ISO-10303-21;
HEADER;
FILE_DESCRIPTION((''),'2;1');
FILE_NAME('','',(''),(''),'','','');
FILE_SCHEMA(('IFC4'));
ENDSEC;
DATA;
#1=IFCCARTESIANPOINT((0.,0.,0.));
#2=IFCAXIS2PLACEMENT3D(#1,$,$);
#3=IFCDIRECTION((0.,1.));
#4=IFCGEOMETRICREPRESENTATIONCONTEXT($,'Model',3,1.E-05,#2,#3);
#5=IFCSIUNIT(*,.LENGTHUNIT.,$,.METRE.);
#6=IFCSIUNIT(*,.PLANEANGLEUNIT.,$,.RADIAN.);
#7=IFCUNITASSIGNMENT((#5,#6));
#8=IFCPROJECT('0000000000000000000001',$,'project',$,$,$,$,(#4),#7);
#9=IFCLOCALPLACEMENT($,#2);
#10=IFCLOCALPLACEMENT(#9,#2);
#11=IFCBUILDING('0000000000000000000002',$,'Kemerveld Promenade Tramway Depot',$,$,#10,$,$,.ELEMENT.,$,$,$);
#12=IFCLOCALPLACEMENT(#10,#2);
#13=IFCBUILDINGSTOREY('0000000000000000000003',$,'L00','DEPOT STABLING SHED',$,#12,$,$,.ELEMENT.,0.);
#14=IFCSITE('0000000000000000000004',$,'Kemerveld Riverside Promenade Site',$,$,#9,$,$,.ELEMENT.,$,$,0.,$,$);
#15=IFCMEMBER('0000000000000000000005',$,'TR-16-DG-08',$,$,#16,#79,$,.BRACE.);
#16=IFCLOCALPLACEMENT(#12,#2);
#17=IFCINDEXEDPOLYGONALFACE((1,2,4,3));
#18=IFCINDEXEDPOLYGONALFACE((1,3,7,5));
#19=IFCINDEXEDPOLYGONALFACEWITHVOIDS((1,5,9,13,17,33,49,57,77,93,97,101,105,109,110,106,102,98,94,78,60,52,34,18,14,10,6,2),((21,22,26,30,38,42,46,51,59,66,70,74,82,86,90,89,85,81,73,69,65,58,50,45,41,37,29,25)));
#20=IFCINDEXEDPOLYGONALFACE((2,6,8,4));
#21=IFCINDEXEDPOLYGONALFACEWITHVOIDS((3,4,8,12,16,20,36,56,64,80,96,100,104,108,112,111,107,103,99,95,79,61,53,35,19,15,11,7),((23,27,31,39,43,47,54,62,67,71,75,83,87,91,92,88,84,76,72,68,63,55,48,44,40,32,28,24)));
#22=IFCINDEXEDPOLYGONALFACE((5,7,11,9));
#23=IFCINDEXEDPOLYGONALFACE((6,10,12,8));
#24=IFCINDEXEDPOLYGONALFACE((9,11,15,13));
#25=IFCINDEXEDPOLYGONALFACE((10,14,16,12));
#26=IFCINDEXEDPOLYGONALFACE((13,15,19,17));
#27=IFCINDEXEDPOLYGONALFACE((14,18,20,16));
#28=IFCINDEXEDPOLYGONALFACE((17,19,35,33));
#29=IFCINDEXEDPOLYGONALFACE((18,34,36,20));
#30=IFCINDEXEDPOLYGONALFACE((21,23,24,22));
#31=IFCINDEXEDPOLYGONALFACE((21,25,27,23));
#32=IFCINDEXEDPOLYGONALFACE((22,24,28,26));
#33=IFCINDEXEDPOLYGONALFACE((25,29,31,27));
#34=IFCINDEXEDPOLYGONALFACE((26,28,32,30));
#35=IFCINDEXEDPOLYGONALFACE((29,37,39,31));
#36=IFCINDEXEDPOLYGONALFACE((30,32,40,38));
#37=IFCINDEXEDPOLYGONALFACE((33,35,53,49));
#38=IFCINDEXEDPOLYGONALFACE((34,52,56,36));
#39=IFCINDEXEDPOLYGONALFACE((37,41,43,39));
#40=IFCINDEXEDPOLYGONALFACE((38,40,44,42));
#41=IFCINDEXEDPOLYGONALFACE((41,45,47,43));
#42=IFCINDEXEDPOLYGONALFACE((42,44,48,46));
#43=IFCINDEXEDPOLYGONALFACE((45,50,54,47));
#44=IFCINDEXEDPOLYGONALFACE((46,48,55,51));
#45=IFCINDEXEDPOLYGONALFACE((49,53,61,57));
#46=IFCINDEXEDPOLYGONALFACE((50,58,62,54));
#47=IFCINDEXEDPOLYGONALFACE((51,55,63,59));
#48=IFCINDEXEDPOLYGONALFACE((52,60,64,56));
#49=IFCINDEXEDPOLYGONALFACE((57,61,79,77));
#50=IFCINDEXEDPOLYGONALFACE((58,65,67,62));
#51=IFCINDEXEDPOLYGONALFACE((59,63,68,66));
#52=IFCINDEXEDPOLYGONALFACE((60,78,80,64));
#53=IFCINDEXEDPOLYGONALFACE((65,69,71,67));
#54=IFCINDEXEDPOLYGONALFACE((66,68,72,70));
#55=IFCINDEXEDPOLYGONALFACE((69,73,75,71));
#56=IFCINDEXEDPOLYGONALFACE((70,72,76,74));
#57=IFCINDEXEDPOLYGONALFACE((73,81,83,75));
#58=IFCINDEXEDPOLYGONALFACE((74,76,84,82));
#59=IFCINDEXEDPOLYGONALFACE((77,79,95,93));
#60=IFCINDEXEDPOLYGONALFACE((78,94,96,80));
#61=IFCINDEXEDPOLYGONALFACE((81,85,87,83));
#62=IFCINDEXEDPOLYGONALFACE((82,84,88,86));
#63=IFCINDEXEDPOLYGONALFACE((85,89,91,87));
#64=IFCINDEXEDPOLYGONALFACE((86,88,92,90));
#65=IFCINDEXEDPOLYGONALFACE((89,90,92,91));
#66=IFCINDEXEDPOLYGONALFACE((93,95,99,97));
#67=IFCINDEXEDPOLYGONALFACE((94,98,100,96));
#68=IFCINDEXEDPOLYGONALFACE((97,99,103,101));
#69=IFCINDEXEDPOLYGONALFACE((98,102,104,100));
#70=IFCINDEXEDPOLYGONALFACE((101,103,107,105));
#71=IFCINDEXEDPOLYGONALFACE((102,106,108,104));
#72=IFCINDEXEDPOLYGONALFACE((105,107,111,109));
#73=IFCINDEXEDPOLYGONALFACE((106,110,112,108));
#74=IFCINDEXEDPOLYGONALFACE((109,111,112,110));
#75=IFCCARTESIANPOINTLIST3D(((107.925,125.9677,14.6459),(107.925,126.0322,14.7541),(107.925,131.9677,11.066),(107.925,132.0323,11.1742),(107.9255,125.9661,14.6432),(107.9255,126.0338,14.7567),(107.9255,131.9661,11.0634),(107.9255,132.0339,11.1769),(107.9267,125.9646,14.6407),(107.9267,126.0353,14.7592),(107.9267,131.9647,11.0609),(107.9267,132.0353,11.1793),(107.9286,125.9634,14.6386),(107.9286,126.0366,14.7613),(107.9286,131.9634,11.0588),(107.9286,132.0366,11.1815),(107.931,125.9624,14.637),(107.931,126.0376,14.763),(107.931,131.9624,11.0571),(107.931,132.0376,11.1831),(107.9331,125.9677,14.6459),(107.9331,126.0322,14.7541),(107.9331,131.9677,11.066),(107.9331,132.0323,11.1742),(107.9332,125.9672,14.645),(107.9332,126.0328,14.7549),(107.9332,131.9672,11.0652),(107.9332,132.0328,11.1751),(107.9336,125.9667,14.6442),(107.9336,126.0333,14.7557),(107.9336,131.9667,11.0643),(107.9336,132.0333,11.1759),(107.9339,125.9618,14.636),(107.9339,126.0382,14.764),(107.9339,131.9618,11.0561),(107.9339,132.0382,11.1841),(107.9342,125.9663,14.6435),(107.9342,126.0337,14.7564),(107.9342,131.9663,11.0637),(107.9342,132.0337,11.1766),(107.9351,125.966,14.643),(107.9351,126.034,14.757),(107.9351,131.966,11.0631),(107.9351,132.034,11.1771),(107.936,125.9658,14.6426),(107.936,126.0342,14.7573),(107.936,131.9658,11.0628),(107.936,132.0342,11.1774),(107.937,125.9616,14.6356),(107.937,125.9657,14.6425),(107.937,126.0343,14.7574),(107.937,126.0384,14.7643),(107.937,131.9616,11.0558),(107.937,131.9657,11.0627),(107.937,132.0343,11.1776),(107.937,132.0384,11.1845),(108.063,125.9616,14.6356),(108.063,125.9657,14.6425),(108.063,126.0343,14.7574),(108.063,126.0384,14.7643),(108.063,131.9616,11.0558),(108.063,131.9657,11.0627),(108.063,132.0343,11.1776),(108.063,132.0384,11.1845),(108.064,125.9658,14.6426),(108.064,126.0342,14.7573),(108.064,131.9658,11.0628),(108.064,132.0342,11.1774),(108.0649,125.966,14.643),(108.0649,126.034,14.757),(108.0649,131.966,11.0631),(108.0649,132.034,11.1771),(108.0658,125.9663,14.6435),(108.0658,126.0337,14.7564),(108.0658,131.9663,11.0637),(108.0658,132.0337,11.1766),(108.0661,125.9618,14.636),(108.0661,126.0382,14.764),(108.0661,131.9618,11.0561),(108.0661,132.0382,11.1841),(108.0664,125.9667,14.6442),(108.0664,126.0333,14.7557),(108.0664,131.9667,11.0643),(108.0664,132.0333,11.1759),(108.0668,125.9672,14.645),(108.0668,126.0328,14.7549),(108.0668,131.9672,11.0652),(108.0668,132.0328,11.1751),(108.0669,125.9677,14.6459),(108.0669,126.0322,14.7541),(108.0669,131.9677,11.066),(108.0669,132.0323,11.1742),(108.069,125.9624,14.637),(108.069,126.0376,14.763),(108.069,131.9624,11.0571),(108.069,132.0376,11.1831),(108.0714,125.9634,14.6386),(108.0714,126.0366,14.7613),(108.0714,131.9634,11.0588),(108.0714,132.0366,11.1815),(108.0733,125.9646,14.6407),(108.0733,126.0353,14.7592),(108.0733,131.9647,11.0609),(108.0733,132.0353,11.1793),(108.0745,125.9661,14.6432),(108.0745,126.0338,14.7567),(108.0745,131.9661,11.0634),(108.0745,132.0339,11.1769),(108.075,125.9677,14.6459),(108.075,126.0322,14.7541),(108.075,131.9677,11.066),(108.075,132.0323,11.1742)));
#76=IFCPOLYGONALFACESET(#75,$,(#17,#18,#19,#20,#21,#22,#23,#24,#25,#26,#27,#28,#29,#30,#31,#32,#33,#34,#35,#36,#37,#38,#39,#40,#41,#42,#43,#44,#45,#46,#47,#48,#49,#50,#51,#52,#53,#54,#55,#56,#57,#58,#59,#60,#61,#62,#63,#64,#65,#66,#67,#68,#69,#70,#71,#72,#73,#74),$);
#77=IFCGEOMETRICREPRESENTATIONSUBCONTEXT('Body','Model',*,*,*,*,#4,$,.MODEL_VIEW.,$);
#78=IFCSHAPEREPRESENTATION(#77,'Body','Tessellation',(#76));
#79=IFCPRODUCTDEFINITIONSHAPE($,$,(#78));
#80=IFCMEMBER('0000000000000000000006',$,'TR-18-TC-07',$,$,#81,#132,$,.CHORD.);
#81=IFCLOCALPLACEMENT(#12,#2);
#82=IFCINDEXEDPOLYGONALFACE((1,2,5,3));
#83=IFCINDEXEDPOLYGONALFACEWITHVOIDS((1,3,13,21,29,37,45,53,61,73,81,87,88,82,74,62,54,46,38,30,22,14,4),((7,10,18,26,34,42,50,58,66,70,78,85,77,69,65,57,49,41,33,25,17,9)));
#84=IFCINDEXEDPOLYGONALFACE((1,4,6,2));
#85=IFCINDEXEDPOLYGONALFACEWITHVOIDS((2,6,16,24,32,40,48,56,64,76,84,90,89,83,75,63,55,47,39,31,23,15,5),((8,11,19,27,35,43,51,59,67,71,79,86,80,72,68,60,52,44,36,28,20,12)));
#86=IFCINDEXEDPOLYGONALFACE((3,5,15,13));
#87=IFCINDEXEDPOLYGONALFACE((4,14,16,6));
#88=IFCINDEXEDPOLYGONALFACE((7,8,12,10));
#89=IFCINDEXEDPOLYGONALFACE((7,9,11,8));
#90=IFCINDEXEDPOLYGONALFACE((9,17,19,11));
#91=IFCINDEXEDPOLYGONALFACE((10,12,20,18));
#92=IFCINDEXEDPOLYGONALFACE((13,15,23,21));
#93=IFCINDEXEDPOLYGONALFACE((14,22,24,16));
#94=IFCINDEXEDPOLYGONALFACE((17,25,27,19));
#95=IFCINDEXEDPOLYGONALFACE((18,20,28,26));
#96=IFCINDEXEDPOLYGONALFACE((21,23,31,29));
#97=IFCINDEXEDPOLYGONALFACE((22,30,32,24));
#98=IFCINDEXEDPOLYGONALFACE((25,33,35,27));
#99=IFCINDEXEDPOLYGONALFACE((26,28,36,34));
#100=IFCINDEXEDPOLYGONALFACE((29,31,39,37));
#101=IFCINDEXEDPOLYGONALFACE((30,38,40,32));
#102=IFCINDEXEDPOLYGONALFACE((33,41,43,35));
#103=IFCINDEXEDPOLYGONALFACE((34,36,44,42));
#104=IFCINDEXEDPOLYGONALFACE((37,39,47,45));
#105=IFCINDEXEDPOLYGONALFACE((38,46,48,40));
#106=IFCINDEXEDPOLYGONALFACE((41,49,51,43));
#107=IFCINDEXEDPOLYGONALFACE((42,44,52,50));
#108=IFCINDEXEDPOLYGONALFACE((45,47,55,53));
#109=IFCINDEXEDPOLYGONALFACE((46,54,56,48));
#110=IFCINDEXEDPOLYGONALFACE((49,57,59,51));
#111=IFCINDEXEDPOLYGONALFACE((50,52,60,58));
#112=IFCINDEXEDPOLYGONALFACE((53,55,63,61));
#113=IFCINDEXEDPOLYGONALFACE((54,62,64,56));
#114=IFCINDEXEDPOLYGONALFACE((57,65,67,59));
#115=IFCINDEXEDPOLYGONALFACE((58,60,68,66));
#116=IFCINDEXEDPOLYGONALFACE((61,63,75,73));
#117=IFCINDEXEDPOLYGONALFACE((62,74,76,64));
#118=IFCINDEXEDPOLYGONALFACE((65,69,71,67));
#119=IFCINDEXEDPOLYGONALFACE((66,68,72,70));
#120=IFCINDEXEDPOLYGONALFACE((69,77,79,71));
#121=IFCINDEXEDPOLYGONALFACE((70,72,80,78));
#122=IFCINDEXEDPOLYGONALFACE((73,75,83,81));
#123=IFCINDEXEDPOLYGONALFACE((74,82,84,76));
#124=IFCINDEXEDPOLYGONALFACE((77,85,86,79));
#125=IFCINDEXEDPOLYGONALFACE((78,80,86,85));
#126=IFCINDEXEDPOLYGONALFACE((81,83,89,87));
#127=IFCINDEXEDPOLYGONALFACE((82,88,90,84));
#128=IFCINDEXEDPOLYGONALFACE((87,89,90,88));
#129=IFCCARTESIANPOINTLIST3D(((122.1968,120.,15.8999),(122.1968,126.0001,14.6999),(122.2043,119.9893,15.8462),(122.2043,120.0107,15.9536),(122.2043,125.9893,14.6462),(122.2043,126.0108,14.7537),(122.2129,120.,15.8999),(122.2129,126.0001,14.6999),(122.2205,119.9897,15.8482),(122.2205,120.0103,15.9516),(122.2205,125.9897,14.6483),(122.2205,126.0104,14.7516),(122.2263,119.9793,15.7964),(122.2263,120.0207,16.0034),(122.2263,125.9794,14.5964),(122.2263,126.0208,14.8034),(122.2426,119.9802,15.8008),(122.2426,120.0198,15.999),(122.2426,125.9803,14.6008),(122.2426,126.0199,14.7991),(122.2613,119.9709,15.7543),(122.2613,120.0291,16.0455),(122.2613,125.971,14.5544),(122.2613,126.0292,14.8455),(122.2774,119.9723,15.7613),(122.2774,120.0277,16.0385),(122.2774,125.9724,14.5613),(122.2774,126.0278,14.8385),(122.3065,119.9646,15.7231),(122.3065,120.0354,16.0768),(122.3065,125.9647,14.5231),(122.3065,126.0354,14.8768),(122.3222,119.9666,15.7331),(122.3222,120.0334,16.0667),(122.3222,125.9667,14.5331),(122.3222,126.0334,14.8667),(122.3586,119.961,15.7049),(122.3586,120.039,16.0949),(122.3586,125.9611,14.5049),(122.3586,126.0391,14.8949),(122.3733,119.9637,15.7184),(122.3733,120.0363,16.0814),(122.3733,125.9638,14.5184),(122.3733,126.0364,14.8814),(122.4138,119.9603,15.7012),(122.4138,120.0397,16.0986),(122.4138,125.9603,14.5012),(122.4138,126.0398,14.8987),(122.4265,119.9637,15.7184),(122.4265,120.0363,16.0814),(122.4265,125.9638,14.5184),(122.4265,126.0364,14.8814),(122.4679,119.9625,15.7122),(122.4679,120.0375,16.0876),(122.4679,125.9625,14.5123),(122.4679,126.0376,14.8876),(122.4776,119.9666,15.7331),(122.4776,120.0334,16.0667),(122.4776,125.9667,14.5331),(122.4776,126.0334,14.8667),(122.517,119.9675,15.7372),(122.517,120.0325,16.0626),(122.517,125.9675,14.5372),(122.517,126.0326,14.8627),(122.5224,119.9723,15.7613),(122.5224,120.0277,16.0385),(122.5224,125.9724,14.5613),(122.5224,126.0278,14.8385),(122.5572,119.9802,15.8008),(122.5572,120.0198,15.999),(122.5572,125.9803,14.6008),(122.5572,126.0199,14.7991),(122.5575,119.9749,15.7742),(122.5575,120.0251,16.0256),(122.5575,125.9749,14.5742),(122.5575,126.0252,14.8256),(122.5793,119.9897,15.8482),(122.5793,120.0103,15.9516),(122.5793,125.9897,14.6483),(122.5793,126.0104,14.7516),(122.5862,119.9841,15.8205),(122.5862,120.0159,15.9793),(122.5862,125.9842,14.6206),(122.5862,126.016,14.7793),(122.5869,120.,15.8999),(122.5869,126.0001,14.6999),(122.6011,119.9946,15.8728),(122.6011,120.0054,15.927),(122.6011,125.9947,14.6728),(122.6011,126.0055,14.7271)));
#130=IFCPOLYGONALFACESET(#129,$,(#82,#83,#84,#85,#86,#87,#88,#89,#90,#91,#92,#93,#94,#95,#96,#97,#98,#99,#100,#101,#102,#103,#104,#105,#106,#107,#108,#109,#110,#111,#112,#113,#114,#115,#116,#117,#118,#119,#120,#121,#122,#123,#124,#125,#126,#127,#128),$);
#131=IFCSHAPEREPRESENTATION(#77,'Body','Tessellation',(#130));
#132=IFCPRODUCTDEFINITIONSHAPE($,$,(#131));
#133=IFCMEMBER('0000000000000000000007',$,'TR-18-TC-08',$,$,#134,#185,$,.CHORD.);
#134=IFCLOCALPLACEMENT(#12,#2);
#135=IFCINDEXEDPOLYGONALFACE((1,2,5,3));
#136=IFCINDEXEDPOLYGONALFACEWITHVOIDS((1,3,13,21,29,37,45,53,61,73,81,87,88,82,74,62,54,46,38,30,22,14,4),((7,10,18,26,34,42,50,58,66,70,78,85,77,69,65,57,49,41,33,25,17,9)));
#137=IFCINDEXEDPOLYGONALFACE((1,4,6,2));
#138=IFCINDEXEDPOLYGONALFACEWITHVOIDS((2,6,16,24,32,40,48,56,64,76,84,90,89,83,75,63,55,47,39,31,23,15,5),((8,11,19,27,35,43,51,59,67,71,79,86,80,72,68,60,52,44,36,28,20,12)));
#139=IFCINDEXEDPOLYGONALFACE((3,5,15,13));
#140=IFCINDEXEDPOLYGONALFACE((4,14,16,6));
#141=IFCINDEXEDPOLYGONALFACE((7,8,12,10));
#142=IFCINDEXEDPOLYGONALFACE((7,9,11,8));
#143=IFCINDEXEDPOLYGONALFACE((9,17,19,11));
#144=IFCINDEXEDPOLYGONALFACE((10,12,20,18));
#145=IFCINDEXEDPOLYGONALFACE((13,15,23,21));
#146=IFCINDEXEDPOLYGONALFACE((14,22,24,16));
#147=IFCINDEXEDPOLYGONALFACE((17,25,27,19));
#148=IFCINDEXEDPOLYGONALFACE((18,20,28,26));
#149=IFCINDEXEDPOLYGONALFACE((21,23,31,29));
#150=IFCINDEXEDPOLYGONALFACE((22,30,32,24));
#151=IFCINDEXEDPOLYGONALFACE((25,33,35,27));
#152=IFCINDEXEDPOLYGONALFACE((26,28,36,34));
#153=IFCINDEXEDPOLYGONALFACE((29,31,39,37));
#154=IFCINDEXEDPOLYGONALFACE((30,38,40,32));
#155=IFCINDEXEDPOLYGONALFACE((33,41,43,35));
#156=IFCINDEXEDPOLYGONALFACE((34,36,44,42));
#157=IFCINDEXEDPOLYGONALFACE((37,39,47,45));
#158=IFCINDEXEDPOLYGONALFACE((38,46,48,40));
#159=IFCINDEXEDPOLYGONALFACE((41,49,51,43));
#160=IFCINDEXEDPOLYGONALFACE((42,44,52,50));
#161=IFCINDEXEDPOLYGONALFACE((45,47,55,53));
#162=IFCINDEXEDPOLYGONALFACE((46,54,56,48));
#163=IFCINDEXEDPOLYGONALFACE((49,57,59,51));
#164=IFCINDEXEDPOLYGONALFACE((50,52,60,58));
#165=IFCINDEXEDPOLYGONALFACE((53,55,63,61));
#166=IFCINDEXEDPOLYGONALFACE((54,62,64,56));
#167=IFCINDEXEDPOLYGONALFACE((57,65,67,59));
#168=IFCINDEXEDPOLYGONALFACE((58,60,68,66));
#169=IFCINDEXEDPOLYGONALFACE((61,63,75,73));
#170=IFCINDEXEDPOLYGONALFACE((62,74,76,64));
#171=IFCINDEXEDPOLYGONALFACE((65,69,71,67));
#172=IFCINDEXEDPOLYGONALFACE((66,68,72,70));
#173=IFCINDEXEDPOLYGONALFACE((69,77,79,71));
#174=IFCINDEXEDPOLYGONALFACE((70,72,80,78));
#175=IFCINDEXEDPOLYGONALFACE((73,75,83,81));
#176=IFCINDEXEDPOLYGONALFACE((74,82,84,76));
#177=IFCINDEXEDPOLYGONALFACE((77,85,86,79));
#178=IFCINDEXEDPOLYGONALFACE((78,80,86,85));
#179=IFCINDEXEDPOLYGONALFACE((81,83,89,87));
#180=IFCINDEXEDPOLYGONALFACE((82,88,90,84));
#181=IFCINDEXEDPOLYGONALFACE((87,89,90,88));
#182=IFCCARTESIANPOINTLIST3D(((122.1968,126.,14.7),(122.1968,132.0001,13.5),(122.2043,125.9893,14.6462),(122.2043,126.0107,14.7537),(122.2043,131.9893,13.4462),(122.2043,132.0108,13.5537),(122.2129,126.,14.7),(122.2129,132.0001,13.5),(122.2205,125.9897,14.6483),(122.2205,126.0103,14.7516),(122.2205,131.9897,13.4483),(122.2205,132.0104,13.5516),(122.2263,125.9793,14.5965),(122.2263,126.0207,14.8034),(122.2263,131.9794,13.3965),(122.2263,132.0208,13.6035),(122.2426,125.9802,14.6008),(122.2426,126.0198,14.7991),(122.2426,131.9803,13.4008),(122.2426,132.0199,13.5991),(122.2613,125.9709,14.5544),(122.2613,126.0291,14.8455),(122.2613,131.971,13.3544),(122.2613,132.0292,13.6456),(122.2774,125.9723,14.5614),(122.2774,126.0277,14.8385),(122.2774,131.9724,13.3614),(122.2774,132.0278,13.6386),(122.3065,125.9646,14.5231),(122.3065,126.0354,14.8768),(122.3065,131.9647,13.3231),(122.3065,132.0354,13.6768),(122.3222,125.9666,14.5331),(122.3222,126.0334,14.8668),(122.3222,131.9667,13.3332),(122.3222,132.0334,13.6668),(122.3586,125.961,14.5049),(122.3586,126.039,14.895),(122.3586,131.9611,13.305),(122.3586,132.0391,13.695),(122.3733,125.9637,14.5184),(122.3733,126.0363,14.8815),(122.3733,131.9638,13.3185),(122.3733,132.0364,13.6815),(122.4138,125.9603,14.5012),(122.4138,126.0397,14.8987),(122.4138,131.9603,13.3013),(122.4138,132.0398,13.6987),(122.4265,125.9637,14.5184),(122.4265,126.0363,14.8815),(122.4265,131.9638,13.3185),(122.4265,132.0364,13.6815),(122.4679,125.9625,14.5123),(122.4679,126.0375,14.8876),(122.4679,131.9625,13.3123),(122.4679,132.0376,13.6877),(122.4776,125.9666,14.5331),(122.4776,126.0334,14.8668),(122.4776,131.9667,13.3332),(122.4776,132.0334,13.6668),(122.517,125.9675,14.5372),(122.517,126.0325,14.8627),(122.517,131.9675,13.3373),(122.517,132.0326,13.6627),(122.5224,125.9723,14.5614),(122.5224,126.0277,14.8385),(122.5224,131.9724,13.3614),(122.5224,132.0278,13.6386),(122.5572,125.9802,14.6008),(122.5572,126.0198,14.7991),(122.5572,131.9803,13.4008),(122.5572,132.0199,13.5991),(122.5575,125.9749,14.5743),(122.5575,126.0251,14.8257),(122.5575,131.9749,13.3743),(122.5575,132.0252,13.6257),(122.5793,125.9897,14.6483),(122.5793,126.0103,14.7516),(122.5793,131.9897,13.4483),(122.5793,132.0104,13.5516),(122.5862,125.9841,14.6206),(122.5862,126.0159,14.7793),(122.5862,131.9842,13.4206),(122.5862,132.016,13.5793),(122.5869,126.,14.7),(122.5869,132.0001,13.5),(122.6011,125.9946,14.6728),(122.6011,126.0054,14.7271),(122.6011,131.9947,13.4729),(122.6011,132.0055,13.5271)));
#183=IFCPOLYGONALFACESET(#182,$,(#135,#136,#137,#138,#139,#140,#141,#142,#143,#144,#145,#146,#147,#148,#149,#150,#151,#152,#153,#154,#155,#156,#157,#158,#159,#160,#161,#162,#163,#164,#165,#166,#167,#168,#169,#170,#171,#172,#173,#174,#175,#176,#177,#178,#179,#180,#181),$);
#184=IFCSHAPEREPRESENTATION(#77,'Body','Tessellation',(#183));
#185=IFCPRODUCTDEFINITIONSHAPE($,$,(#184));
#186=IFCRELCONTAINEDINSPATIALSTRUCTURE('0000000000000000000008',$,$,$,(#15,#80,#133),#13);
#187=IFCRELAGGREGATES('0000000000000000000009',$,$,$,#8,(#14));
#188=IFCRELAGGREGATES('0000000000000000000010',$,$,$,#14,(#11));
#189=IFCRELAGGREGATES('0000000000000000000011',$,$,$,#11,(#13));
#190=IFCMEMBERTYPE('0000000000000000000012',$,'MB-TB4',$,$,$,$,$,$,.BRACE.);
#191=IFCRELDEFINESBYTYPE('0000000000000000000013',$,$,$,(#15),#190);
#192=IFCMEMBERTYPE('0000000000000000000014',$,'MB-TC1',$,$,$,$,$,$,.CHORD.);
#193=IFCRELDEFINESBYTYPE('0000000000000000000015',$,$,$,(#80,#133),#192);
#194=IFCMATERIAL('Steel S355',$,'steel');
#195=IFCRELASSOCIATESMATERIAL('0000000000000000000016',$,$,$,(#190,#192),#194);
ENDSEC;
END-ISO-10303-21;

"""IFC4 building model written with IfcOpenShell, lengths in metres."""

from ifc_helpers import new_model, si_unit, direction, frame, origin, origin_2d, place, context, subcontext, project, spatial, hollow_rectangle, hollow_circle, extrude, material, material_profile, profile_set, type_object, element, save


model = new_model("IFC4")

# Units and contexts
model_context = context("Model", 3, precision=1e-05, world=origin(), true_north=direction((0.0, 1.0)))
body_context = subcontext(model_context, "Body", "Model", "MODEL_VIEW")
ifc_project = project(units=[si_unit("LENGTHUNIT", "METRE"), si_unit("PLANEANGLEUNIT", "RADIAN")], contexts=[model_context])

# Site, building, storey
site_placement = place(None, origin())
site = spatial("IfcSite", under=ifc_project, at=site_placement, Name="Kemerveld Riverside Promenade Site", CompositionType="ELEMENT", RefElevation=0.0)
building_placement = place(site_placement, origin())
building = spatial("IfcBuilding", under=site, at=building_placement, Name="Kemerveld Promenade Tramway Depot", CompositionType="ELEMENT")
storey_placement = place(building_placement, origin())
storey = spatial("IfcBuildingStorey", under=building, at=storey_placement, Name="L00", Description="DEPOT STABLING SHED", CompositionType="ELEMENT", Elevation=0.0)

# Members
ifc_material_1 = material(Name="Steel S355", Category="steel")
ifc_material_profile_1 = material_profile(ifc_material_1, hollow_rectangle(XDim=0.1499, YDim=0.1499, WallThickness=0.0081, InnerFilletRadius=0.0039, OuterFilletRadius=0.012, at=origin_2d()), Name="150x150x8.0 SHS")
ifc_profile_set_1 = profile_set([ifc_material_profile_1], Name="Steel S355")
member_type_1 = type_object("IfcMemberType", Name="MB-TB4", PredefinedType="BRACE", material=ifc_profile_set_1)
member_1_placement = place(storey_placement, frame((108.0, 132.0, 11.1201), z_axis=(0.0, -0.858764, 0.512372), x_axis=(1.0, 0.0, 0.0)))
element("IfcMember", 1, at=member_1_placement, inside=storey, type_object=member_type_1, Name="TR-16-DG-08", PredefinedType="BRACE", context=body_context, shape_type="SweptSolid", body=[
    extrude(hollow_rectangle(XDim=0.1499, YDim=0.1499, WallThickness=0.0081, InnerFilletRadius=0.0039, OuterFilletRadius=0.012, at=origin_2d()), origin(), (0.0, 0.0, 1.0), 6.9868),
])
ifc_material_profile_2 = material_profile(ifc_material_1, hollow_circle(Radius=0.2031, WallThickness=0.0161, at=origin_2d()), Name="406.4x16.0 CHS")
ifc_profile_set_2 = profile_set([ifc_material_profile_2], Name="Steel S355")
member_type_2 = type_object("IfcMemberType", Name="MB-TC1", PredefinedType="CHORD", material=ifc_profile_set_2)
for number, where, z_axis, x_axis, name in (
    (2, (122.3999, 120.0, 15.8999), (0.0, 0.980582, -0.196108), (-1.0, 0.0, 0.0), "TR-18-TC-07"),
    (3, (122.3999, 126.0, 14.7), (0.0, 0.980582, -0.196108), (-1.0, 0.0, 0.0), "TR-18-TC-08"),
):
    element("IfcMember", number, at=place(storey_placement, frame(where, z_axis=z_axis, x_axis=x_axis)), inside=storey, type_object=member_type_2, Name=name, PredefinedType="CHORD", context=body_context, shape_type="SweptSolid", body=[
        extrude(hollow_circle(Radius=0.2031, WallThickness=0.0161, at=origin_2d()), origin(), (0.0, 0.0, 1.0), 6.1189),
    ])

save(model, "model.ifc")
